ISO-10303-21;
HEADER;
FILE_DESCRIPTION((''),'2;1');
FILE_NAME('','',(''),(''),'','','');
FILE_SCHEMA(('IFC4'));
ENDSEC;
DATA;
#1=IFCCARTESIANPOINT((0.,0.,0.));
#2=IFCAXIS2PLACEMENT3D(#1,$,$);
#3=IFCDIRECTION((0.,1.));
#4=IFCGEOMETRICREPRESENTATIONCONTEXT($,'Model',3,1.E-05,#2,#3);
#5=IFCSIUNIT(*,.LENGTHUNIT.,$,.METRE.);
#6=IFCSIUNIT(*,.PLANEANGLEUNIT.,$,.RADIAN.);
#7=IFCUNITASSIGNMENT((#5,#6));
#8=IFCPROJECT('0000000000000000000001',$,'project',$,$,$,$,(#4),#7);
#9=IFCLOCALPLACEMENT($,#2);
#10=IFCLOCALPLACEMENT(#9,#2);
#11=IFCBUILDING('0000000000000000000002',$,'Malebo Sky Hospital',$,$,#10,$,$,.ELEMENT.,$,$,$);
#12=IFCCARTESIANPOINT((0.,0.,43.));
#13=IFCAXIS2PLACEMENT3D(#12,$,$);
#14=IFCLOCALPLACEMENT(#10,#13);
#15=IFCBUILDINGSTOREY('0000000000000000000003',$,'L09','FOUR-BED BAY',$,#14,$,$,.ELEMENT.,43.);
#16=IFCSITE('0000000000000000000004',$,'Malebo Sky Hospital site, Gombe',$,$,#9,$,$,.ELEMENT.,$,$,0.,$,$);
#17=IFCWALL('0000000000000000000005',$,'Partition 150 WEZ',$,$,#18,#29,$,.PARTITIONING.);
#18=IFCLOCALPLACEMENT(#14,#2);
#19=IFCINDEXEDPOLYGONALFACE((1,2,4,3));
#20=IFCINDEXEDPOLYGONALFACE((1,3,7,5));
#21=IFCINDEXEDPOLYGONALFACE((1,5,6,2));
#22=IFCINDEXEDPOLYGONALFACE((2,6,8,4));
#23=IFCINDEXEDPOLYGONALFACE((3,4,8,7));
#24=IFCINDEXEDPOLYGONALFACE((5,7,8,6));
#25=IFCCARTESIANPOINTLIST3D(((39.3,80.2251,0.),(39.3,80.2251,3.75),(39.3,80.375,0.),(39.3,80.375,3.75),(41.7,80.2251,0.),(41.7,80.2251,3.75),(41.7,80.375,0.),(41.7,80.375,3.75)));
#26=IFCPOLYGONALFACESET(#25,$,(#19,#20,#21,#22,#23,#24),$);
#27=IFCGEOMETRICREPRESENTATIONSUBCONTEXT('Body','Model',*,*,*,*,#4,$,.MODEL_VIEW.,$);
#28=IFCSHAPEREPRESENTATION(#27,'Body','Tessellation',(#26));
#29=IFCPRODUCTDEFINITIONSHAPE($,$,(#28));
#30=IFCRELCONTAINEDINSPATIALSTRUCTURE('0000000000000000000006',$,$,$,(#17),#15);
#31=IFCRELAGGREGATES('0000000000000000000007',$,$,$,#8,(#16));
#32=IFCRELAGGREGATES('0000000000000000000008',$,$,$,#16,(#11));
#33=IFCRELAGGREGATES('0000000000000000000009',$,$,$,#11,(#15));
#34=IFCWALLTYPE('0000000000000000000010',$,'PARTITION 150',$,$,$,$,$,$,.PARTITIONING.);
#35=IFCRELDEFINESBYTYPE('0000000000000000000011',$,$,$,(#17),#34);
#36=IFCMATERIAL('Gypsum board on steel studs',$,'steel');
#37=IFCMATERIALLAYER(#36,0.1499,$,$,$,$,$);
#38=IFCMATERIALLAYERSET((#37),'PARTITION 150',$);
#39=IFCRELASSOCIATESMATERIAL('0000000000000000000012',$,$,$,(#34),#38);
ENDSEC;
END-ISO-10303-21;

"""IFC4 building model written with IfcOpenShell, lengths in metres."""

from ifc_helpers import new_model, si_unit, direction, frame, frame_2d, origin, place, context, subcontext, project, spatial, rectangle, extrude, material, layer, layer_set, type_object, element, save


model = new_model("IFC4")

# Units and contexts
model_context = context("Model", 3, precision=1e-05, world=origin(), true_north=direction((0.0, 1.0)))
body_context = subcontext(model_context, "Body", "Model", "MODEL_VIEW")
ifc_project = project(units=[si_unit("LENGTHUNIT", "METRE"), si_unit("PLANEANGLEUNIT", "RADIAN")], contexts=[model_context])

# Site, building, storey
site_placement = place(None, origin())
site = spatial("IfcSite", under=ifc_project, at=site_placement, Name="Malebo Sky Hospital site, Gombe", CompositionType="ELEMENT", RefElevation=0.0)
building_placement = place(site_placement, origin())
building = spatial("IfcBuilding", under=site, at=building_placement, Name="Malebo Sky Hospital", CompositionType="ELEMENT")
storey_placement = place(building_placement, frame((0.0, 0.0, 43.0)))
storey = spatial("IfcBuildingStorey", under=building, at=storey_placement, Name="L09", Description="FOUR-BED BAY", CompositionType="ELEMENT", Elevation=43.0)

# Shared definitions
ifc_material_1 = material(Name="Gypsum board on steel studs", Category="steel")

# Shared definitions
ifc_layer_1 = layer(ifc_material_1, 0.1499)
ifc_layer_set_1 = layer_set([ifc_layer_1], Name="PARTITION 150")
wall_type_1 = type_object("IfcWallType", Name="PARTITION 150", PredefinedType="PARTITIONING", material=ifc_layer_set_1)

# Wall
for number, where, z_axis, x_axis, name in (
    (1, (41.7, 80.3, 0.0), (0.0, 0.0, 1.0), (-1.0, 0.0, 0.0), "Partition 150 WEZ"),
):
    element("IfcWall", number, at=place(storey_placement, frame(where, z_axis=z_axis, x_axis=x_axis)), inside=storey, type_object=wall_type_1, Name=name, PredefinedType="PARTITIONING", context=body_context, shape_type="SweptSolid", body=[
        extrude(rectangle(XDim=2.3999, YDim=0.1499, at=frame_2d((1.2, 0.0))), origin(), (0.0, 0.0, 1.0), 3.75),
    ])

save(model, "model.ifc")
